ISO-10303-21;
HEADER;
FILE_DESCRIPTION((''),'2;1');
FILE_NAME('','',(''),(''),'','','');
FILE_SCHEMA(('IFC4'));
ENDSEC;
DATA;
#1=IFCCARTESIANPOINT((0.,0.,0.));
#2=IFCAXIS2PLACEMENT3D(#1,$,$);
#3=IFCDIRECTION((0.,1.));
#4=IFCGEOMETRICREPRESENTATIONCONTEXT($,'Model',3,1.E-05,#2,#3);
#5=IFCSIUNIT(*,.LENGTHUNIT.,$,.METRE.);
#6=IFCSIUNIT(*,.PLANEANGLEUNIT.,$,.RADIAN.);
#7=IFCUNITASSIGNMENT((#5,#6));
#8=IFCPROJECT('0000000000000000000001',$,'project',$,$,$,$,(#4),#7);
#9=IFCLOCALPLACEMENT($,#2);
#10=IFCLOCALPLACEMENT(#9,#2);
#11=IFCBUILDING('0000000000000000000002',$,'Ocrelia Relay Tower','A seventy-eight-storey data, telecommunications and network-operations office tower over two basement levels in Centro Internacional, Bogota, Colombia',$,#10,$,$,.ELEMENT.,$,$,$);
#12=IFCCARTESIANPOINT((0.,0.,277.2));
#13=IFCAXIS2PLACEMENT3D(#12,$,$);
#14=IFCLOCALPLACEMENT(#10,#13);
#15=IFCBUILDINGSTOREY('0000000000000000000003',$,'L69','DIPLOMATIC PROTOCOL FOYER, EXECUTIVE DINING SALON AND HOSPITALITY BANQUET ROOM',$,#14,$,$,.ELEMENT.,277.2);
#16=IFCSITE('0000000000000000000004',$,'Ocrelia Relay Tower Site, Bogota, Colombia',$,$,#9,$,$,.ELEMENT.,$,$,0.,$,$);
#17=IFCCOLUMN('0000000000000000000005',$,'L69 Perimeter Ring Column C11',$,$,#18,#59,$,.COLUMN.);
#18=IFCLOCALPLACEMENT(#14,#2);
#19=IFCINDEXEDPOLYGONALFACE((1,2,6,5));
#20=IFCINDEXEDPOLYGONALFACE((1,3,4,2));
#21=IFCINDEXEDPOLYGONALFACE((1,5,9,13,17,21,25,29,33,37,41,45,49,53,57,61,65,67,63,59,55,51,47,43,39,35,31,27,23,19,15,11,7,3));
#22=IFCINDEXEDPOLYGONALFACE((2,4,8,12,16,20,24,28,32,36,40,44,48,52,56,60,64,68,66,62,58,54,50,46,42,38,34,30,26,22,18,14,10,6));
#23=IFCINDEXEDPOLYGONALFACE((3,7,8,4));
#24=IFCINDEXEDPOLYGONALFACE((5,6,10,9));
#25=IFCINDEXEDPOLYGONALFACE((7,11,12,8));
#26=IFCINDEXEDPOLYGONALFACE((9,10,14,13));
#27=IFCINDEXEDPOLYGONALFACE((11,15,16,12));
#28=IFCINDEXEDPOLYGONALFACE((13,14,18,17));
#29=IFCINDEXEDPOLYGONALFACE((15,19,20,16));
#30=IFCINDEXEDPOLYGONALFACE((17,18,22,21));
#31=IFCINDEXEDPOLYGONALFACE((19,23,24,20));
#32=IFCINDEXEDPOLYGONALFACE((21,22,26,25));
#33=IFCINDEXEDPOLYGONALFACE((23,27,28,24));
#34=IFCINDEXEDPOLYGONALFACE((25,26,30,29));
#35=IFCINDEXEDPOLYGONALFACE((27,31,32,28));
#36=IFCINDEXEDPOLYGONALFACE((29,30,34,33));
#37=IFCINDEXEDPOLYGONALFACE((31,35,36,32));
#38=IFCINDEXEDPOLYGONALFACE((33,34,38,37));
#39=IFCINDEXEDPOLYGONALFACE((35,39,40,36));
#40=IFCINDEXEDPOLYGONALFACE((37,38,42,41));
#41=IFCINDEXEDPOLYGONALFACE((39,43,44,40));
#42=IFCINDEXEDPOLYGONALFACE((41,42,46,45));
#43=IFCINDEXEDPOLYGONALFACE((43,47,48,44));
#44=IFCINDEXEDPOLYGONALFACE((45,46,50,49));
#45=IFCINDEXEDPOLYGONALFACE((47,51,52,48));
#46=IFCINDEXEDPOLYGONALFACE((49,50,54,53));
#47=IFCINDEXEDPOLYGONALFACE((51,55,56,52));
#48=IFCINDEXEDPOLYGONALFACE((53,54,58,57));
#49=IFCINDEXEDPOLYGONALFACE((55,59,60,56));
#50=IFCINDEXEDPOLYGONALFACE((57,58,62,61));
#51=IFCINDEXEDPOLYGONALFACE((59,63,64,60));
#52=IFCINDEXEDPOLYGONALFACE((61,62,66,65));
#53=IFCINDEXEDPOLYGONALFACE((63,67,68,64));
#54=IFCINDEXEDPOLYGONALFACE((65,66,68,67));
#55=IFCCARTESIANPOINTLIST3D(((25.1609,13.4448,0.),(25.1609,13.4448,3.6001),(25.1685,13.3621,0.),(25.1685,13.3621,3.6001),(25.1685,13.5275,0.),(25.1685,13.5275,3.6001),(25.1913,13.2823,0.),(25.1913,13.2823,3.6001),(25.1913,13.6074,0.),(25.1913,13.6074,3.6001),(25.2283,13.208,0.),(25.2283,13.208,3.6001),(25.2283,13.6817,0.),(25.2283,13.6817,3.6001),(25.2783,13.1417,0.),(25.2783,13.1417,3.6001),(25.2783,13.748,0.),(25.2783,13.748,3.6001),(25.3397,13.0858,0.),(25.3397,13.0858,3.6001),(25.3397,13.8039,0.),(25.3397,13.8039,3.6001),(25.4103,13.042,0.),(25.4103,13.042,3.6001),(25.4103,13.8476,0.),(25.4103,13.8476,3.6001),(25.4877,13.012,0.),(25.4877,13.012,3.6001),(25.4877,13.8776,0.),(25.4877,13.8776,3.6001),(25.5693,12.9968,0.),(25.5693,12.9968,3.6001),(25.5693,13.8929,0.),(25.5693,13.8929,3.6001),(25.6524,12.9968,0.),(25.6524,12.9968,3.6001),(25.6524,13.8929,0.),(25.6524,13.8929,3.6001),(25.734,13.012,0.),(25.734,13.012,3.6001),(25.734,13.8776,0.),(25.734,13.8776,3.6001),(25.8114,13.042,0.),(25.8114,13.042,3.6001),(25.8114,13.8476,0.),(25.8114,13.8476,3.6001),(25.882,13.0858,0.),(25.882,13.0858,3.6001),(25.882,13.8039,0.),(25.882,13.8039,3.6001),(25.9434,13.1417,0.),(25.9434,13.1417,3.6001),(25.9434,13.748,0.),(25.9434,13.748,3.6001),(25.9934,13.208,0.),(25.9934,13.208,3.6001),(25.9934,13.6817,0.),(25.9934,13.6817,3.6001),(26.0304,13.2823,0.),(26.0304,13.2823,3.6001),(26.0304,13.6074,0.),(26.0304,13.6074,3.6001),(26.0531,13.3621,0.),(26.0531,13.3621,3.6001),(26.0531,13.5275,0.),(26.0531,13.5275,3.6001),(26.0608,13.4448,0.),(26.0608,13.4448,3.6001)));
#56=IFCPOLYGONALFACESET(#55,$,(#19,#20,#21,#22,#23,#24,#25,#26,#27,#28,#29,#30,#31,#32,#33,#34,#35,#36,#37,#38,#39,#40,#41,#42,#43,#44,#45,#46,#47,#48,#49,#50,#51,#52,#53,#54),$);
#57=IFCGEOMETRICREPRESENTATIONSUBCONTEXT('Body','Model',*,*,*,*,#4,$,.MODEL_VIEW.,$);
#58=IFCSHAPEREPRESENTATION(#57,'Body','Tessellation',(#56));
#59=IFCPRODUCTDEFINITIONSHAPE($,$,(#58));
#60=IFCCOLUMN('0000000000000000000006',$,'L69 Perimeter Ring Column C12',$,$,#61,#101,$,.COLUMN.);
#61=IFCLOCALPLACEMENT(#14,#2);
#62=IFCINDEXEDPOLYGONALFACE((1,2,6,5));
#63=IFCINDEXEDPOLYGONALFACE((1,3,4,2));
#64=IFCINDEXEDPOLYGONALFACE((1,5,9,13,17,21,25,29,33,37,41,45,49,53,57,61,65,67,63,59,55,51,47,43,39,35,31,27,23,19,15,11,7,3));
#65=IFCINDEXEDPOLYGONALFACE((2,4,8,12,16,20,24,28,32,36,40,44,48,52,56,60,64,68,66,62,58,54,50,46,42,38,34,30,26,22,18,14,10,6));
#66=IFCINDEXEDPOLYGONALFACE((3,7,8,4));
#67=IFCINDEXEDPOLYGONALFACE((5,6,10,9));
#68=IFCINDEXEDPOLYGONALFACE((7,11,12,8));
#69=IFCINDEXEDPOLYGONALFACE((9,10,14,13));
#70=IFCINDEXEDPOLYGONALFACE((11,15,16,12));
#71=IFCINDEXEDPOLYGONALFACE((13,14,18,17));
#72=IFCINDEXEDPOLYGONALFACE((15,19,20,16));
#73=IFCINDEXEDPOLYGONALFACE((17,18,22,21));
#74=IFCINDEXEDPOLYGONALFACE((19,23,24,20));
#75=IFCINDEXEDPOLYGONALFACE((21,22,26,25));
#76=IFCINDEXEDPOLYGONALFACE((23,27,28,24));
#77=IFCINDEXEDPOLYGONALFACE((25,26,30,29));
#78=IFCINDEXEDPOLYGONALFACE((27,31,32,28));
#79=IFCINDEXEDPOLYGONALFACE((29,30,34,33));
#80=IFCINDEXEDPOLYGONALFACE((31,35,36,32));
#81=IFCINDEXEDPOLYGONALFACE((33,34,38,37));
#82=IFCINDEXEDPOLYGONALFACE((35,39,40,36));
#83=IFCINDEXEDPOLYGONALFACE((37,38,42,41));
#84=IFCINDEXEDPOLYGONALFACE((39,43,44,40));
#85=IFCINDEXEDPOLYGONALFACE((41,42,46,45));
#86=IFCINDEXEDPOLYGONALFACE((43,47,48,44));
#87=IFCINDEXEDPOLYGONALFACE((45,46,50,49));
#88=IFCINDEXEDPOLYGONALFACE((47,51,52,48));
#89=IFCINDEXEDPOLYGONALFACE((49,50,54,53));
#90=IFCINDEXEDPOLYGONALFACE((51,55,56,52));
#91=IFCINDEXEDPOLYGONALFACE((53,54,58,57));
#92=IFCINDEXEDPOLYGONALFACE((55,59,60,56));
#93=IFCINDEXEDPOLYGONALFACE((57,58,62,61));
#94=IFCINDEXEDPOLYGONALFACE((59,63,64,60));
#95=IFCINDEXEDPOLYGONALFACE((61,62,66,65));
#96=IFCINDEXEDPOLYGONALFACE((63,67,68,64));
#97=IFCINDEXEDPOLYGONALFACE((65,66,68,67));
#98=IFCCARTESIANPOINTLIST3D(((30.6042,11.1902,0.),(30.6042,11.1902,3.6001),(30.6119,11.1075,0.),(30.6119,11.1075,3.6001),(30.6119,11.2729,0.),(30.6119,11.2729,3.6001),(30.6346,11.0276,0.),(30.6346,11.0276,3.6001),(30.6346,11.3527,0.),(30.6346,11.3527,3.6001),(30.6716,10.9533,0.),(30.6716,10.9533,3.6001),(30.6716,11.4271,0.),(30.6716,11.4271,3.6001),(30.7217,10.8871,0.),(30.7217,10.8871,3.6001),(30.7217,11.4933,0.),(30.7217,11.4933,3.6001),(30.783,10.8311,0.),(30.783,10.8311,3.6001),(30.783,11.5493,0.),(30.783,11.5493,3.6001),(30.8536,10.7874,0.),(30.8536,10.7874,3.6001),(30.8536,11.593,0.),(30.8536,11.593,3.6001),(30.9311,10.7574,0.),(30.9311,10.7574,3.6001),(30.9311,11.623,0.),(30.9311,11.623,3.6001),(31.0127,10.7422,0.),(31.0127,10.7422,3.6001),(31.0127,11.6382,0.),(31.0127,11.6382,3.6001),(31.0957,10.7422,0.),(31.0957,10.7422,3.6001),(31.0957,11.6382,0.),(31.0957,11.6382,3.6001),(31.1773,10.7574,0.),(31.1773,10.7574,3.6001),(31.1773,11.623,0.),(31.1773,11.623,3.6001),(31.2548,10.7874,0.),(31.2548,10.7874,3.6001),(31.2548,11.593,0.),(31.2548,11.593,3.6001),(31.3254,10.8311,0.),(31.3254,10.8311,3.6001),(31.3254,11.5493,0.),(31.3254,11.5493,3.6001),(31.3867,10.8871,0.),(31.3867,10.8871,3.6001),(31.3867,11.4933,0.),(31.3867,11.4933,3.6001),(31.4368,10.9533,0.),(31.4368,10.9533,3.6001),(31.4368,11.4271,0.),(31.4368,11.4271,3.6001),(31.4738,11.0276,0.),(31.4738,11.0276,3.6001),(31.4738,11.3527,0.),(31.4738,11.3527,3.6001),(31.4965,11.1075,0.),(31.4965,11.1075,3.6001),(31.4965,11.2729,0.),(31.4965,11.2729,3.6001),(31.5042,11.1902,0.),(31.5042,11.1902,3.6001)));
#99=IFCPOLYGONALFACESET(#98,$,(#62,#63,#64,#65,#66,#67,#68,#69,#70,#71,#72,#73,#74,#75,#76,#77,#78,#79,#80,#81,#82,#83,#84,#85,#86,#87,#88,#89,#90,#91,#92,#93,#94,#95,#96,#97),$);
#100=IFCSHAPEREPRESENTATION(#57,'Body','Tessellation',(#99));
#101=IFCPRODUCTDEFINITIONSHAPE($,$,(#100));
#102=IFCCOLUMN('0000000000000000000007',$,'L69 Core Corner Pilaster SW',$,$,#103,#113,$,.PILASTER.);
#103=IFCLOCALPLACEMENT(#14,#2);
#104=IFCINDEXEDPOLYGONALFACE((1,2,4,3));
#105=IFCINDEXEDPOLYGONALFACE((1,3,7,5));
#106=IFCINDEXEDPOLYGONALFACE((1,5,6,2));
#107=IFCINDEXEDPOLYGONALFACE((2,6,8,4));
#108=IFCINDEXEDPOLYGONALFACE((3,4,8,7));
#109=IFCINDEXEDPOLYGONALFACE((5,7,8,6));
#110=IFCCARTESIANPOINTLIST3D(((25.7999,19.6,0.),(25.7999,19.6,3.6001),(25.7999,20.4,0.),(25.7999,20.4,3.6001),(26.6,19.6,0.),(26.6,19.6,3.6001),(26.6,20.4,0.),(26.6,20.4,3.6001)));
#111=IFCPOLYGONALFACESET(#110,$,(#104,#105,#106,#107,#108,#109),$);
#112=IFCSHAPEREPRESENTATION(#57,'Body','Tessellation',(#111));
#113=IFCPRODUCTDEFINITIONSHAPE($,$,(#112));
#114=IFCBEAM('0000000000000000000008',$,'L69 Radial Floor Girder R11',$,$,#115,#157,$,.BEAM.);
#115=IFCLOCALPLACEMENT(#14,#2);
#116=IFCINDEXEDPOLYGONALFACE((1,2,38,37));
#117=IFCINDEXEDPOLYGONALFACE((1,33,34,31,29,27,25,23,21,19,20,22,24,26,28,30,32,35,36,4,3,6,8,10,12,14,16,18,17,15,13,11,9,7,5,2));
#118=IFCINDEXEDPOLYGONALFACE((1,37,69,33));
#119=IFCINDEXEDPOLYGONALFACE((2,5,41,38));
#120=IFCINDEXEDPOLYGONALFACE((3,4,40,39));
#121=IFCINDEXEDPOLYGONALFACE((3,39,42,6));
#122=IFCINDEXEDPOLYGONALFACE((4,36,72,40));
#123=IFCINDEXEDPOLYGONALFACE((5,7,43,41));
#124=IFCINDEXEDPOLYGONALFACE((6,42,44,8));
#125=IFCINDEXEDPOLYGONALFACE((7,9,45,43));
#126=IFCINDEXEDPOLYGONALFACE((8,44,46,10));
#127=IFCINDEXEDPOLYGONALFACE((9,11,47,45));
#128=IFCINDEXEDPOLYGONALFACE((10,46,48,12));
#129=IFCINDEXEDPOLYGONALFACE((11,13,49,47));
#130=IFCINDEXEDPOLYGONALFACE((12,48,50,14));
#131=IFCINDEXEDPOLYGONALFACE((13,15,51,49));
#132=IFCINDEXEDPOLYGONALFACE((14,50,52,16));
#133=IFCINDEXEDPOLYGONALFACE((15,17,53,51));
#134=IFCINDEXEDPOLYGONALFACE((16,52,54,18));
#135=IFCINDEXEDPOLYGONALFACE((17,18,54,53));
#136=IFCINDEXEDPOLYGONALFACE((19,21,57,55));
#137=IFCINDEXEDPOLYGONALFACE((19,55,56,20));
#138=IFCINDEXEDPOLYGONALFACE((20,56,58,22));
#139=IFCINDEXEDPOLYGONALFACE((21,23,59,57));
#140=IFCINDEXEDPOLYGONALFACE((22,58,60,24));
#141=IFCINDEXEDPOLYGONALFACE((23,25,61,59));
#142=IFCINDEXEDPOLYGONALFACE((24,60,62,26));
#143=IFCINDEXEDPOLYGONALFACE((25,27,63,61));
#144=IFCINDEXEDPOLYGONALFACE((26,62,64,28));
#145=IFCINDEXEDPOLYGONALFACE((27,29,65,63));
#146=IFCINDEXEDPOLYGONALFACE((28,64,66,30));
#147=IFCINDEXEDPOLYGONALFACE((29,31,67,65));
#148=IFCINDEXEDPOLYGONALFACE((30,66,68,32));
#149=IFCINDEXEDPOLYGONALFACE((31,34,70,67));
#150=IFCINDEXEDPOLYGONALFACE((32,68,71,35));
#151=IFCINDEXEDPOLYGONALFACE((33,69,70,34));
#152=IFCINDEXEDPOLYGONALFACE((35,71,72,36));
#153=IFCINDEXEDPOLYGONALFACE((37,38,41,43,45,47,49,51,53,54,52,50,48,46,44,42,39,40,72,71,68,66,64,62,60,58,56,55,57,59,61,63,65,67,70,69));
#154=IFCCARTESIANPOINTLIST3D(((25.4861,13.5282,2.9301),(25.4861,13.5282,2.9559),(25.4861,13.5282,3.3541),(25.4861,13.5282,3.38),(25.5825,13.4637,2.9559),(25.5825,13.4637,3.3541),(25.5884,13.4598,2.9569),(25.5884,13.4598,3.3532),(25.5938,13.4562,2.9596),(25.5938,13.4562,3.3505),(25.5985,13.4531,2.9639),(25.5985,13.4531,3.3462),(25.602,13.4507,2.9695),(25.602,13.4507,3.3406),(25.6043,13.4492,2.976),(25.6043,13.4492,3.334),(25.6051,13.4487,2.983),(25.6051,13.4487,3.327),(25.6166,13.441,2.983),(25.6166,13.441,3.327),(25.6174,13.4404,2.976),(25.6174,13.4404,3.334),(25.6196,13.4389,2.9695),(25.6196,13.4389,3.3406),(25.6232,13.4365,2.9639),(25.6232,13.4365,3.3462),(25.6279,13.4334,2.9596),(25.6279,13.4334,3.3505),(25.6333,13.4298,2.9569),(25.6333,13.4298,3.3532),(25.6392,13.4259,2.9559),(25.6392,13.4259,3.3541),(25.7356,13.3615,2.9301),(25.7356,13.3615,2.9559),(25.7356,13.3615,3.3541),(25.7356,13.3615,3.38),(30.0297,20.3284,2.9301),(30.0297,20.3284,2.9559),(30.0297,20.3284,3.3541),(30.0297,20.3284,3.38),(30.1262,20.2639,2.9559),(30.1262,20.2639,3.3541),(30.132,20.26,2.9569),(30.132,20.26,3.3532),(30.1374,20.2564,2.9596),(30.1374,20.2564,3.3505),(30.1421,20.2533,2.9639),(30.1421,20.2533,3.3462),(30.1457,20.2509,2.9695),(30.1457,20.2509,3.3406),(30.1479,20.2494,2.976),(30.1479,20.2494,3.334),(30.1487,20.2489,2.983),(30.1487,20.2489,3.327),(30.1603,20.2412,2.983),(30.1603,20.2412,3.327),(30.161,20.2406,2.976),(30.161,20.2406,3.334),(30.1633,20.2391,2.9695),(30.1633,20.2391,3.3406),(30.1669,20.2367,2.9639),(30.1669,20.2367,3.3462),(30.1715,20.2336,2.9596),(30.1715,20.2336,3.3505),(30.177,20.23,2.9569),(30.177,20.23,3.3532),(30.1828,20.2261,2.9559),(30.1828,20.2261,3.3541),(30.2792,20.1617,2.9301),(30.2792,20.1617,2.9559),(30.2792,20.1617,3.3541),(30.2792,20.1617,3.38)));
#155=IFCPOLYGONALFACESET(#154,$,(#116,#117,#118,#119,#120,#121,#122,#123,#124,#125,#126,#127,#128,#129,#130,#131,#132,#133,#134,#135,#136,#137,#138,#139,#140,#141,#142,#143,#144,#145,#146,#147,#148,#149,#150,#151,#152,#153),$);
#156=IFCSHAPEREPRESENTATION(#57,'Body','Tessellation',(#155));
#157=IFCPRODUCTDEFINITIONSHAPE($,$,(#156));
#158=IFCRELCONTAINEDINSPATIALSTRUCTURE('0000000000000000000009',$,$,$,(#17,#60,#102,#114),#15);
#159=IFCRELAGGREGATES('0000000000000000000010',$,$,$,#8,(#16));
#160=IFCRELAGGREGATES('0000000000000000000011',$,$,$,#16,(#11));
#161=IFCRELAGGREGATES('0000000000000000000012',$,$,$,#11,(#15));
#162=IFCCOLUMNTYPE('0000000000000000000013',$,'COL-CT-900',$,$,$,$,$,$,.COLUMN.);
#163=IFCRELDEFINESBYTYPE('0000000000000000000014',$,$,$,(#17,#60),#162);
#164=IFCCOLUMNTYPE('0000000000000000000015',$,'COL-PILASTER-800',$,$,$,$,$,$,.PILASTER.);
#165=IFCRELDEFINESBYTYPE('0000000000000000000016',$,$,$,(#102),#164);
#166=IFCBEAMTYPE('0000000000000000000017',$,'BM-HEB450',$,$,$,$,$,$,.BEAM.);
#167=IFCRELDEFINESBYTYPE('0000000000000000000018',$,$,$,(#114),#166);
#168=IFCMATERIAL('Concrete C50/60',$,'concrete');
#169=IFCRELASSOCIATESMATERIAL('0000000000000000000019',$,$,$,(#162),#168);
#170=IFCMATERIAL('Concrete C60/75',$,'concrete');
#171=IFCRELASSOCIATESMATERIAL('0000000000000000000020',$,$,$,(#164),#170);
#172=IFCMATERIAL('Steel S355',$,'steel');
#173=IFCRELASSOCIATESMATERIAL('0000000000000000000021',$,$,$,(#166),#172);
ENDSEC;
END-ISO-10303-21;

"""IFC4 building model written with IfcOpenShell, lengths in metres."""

from ifc_helpers import new_model, si_unit, direction, frame, origin, origin_2d, place, context, subcontext, project, spatial, rectangle, circle, i_section, extrude, material, material_profile, profile_set, type_object, element, save


model = new_model("IFC4")

# Units and contexts
model_context = context("Model", 3, precision=1e-05, world=origin(), true_north=direction((0.0, 1.0)))
body_context = subcontext(model_context, "Body", "Model", "MODEL_VIEW")
ifc_project = project(units=[si_unit("LENGTHUNIT", "METRE"), si_unit("PLANEANGLEUNIT", "RADIAN")], contexts=[model_context])

# Site, building, storey
site_placement = place(None, origin())
site = spatial("IfcSite", under=ifc_project, at=site_placement, Name="Ocrelia Relay Tower Site, Bogota, Colombia", CompositionType="ELEMENT", RefElevation=0.0)
building_placement = place(site_placement, origin())
building = spatial("IfcBuilding", under=site, at=building_placement, Name="Ocrelia Relay Tower", Description="A seventy-eight-storey data, telecommunications and network-operations office tower over two basement levels in Centro Internacional, Bogota, Colombia", CompositionType="ELEMENT")
storey_placement = place(building_placement, frame((0.0, 0.0, 277.2)))
storey = spatial("IfcBuildingStorey", under=building, at=storey_placement, Name="L69", Description="DIPLOMATIC PROTOCOL FOYER, EXECUTIVE DINING SALON AND HOSPITALITY BANQUET ROOM", CompositionType="ELEMENT", Elevation=277.2)

# Columns
ifc_material_1 = material(Name="Concrete C50/60", Category="concrete")
ifc_material_profile_1 = material_profile(ifc_material_1, circle(Radius=0.45, at=origin_2d()), Name="RC-CIR-900")
ifc_profile_set_1 = profile_set([ifc_material_profile_1], Name="Concrete C50/60")
column_type_1 = type_object("IfcColumnType", Name="COL-CT-900", PredefinedType="COLUMN", material=ifc_profile_set_1)
for number, where, z_axis, x_axis, name in (
    (1, (25.6108, 13.4448, 0.0), (0.0, 0.0, 1.0), (1.0, 0.0, 0.0), "L69 Perimeter Ring Column C11"),
    (2, (31.0542, 11.1902, 0.0), (0.0, 0.0, 1.0), (1.0, 0.0, 0.0), "L69 Perimeter Ring Column C12"),
):
    element("IfcColumn", number, at=place(storey_placement, frame(where, z_axis=z_axis, x_axis=x_axis)), inside=storey, type_object=column_type_1, Name=name, PredefinedType="COLUMN", context=body_context, shape_type="SweptSolid", body=[
        extrude(circle(Radius=0.45, at=origin_2d()), origin(), (0.0, 0.0, 1.0), 3.6001),
    ])
ifc_material_2 = material(Name="Concrete C60/75", Category="concrete")
ifc_material_profile_2 = material_profile(ifc_material_2, rectangle(XDim=0.8, YDim=0.8, at=origin_2d()), Name="RC-COL-800x800")
ifc_profile_set_2 = profile_set([ifc_material_profile_2], Name="Concrete C60/75")
column_type_2 = type_object("IfcColumnType", Name="COL-PILASTER-800", PredefinedType="PILASTER", material=ifc_profile_set_2)
column_placement = place(storey_placement, frame((26.2, 20.0, 0.0), z_axis=(0.0, 0.0, 1.0), x_axis=(1.0, 0.0, 0.0)))
element("IfcColumn", 3, at=column_placement, inside=storey, type_object=column_type_2, Name="L69 Core Corner Pilaster SW", PredefinedType="PILASTER", context=body_context, shape_type="SweptSolid", body=[
    extrude(rectangle(XDim=0.8, YDim=0.8, at=origin_2d()), origin(), (0.0, 0.0, 1.0), 3.6001),
])

# Beam
ifc_material_3 = material(Name="Steel S355", Category="steel")
ifc_material_profile_3 = material_profile(ifc_material_3, i_section(OverallWidth=0.3, OverallDepth=0.45, WebThickness=0.0139, FlangeThickness=0.0259, FilletRadius=0.0271, at=origin_2d()), Name="HEB 450")
ifc_profile_set_3 = profile_set([ifc_material_profile_3], Name="Steel S355")
beam_type_1 = type_object("IfcBeamType", Name="BM-HEB450", PredefinedType="BEAM", material=ifc_profile_set_3)
beam_1_placement = place(storey_placement, frame((25.6108, 13.4448, 3.155), z_axis=(0.555561, 0.831476, 0.0), x_axis=(-0.831476, 0.555561, 0.0)))
element("IfcBeam", 4, at=beam_1_placement, inside=storey, type_object=beam_type_1, Name="L69 Radial Floor Girder R11", PredefinedType="BEAM", context=body_context, shape_type="SweptSolid", body=[
    extrude(i_section(OverallWidth=0.3, OverallDepth=0.45, WebThickness=0.0139, FlangeThickness=0.0259, FilletRadius=0.0271, at=origin_2d()), origin(), (0.0, 0.0, 1.0), 8.1785),
])

save(model, "model.ifc")
